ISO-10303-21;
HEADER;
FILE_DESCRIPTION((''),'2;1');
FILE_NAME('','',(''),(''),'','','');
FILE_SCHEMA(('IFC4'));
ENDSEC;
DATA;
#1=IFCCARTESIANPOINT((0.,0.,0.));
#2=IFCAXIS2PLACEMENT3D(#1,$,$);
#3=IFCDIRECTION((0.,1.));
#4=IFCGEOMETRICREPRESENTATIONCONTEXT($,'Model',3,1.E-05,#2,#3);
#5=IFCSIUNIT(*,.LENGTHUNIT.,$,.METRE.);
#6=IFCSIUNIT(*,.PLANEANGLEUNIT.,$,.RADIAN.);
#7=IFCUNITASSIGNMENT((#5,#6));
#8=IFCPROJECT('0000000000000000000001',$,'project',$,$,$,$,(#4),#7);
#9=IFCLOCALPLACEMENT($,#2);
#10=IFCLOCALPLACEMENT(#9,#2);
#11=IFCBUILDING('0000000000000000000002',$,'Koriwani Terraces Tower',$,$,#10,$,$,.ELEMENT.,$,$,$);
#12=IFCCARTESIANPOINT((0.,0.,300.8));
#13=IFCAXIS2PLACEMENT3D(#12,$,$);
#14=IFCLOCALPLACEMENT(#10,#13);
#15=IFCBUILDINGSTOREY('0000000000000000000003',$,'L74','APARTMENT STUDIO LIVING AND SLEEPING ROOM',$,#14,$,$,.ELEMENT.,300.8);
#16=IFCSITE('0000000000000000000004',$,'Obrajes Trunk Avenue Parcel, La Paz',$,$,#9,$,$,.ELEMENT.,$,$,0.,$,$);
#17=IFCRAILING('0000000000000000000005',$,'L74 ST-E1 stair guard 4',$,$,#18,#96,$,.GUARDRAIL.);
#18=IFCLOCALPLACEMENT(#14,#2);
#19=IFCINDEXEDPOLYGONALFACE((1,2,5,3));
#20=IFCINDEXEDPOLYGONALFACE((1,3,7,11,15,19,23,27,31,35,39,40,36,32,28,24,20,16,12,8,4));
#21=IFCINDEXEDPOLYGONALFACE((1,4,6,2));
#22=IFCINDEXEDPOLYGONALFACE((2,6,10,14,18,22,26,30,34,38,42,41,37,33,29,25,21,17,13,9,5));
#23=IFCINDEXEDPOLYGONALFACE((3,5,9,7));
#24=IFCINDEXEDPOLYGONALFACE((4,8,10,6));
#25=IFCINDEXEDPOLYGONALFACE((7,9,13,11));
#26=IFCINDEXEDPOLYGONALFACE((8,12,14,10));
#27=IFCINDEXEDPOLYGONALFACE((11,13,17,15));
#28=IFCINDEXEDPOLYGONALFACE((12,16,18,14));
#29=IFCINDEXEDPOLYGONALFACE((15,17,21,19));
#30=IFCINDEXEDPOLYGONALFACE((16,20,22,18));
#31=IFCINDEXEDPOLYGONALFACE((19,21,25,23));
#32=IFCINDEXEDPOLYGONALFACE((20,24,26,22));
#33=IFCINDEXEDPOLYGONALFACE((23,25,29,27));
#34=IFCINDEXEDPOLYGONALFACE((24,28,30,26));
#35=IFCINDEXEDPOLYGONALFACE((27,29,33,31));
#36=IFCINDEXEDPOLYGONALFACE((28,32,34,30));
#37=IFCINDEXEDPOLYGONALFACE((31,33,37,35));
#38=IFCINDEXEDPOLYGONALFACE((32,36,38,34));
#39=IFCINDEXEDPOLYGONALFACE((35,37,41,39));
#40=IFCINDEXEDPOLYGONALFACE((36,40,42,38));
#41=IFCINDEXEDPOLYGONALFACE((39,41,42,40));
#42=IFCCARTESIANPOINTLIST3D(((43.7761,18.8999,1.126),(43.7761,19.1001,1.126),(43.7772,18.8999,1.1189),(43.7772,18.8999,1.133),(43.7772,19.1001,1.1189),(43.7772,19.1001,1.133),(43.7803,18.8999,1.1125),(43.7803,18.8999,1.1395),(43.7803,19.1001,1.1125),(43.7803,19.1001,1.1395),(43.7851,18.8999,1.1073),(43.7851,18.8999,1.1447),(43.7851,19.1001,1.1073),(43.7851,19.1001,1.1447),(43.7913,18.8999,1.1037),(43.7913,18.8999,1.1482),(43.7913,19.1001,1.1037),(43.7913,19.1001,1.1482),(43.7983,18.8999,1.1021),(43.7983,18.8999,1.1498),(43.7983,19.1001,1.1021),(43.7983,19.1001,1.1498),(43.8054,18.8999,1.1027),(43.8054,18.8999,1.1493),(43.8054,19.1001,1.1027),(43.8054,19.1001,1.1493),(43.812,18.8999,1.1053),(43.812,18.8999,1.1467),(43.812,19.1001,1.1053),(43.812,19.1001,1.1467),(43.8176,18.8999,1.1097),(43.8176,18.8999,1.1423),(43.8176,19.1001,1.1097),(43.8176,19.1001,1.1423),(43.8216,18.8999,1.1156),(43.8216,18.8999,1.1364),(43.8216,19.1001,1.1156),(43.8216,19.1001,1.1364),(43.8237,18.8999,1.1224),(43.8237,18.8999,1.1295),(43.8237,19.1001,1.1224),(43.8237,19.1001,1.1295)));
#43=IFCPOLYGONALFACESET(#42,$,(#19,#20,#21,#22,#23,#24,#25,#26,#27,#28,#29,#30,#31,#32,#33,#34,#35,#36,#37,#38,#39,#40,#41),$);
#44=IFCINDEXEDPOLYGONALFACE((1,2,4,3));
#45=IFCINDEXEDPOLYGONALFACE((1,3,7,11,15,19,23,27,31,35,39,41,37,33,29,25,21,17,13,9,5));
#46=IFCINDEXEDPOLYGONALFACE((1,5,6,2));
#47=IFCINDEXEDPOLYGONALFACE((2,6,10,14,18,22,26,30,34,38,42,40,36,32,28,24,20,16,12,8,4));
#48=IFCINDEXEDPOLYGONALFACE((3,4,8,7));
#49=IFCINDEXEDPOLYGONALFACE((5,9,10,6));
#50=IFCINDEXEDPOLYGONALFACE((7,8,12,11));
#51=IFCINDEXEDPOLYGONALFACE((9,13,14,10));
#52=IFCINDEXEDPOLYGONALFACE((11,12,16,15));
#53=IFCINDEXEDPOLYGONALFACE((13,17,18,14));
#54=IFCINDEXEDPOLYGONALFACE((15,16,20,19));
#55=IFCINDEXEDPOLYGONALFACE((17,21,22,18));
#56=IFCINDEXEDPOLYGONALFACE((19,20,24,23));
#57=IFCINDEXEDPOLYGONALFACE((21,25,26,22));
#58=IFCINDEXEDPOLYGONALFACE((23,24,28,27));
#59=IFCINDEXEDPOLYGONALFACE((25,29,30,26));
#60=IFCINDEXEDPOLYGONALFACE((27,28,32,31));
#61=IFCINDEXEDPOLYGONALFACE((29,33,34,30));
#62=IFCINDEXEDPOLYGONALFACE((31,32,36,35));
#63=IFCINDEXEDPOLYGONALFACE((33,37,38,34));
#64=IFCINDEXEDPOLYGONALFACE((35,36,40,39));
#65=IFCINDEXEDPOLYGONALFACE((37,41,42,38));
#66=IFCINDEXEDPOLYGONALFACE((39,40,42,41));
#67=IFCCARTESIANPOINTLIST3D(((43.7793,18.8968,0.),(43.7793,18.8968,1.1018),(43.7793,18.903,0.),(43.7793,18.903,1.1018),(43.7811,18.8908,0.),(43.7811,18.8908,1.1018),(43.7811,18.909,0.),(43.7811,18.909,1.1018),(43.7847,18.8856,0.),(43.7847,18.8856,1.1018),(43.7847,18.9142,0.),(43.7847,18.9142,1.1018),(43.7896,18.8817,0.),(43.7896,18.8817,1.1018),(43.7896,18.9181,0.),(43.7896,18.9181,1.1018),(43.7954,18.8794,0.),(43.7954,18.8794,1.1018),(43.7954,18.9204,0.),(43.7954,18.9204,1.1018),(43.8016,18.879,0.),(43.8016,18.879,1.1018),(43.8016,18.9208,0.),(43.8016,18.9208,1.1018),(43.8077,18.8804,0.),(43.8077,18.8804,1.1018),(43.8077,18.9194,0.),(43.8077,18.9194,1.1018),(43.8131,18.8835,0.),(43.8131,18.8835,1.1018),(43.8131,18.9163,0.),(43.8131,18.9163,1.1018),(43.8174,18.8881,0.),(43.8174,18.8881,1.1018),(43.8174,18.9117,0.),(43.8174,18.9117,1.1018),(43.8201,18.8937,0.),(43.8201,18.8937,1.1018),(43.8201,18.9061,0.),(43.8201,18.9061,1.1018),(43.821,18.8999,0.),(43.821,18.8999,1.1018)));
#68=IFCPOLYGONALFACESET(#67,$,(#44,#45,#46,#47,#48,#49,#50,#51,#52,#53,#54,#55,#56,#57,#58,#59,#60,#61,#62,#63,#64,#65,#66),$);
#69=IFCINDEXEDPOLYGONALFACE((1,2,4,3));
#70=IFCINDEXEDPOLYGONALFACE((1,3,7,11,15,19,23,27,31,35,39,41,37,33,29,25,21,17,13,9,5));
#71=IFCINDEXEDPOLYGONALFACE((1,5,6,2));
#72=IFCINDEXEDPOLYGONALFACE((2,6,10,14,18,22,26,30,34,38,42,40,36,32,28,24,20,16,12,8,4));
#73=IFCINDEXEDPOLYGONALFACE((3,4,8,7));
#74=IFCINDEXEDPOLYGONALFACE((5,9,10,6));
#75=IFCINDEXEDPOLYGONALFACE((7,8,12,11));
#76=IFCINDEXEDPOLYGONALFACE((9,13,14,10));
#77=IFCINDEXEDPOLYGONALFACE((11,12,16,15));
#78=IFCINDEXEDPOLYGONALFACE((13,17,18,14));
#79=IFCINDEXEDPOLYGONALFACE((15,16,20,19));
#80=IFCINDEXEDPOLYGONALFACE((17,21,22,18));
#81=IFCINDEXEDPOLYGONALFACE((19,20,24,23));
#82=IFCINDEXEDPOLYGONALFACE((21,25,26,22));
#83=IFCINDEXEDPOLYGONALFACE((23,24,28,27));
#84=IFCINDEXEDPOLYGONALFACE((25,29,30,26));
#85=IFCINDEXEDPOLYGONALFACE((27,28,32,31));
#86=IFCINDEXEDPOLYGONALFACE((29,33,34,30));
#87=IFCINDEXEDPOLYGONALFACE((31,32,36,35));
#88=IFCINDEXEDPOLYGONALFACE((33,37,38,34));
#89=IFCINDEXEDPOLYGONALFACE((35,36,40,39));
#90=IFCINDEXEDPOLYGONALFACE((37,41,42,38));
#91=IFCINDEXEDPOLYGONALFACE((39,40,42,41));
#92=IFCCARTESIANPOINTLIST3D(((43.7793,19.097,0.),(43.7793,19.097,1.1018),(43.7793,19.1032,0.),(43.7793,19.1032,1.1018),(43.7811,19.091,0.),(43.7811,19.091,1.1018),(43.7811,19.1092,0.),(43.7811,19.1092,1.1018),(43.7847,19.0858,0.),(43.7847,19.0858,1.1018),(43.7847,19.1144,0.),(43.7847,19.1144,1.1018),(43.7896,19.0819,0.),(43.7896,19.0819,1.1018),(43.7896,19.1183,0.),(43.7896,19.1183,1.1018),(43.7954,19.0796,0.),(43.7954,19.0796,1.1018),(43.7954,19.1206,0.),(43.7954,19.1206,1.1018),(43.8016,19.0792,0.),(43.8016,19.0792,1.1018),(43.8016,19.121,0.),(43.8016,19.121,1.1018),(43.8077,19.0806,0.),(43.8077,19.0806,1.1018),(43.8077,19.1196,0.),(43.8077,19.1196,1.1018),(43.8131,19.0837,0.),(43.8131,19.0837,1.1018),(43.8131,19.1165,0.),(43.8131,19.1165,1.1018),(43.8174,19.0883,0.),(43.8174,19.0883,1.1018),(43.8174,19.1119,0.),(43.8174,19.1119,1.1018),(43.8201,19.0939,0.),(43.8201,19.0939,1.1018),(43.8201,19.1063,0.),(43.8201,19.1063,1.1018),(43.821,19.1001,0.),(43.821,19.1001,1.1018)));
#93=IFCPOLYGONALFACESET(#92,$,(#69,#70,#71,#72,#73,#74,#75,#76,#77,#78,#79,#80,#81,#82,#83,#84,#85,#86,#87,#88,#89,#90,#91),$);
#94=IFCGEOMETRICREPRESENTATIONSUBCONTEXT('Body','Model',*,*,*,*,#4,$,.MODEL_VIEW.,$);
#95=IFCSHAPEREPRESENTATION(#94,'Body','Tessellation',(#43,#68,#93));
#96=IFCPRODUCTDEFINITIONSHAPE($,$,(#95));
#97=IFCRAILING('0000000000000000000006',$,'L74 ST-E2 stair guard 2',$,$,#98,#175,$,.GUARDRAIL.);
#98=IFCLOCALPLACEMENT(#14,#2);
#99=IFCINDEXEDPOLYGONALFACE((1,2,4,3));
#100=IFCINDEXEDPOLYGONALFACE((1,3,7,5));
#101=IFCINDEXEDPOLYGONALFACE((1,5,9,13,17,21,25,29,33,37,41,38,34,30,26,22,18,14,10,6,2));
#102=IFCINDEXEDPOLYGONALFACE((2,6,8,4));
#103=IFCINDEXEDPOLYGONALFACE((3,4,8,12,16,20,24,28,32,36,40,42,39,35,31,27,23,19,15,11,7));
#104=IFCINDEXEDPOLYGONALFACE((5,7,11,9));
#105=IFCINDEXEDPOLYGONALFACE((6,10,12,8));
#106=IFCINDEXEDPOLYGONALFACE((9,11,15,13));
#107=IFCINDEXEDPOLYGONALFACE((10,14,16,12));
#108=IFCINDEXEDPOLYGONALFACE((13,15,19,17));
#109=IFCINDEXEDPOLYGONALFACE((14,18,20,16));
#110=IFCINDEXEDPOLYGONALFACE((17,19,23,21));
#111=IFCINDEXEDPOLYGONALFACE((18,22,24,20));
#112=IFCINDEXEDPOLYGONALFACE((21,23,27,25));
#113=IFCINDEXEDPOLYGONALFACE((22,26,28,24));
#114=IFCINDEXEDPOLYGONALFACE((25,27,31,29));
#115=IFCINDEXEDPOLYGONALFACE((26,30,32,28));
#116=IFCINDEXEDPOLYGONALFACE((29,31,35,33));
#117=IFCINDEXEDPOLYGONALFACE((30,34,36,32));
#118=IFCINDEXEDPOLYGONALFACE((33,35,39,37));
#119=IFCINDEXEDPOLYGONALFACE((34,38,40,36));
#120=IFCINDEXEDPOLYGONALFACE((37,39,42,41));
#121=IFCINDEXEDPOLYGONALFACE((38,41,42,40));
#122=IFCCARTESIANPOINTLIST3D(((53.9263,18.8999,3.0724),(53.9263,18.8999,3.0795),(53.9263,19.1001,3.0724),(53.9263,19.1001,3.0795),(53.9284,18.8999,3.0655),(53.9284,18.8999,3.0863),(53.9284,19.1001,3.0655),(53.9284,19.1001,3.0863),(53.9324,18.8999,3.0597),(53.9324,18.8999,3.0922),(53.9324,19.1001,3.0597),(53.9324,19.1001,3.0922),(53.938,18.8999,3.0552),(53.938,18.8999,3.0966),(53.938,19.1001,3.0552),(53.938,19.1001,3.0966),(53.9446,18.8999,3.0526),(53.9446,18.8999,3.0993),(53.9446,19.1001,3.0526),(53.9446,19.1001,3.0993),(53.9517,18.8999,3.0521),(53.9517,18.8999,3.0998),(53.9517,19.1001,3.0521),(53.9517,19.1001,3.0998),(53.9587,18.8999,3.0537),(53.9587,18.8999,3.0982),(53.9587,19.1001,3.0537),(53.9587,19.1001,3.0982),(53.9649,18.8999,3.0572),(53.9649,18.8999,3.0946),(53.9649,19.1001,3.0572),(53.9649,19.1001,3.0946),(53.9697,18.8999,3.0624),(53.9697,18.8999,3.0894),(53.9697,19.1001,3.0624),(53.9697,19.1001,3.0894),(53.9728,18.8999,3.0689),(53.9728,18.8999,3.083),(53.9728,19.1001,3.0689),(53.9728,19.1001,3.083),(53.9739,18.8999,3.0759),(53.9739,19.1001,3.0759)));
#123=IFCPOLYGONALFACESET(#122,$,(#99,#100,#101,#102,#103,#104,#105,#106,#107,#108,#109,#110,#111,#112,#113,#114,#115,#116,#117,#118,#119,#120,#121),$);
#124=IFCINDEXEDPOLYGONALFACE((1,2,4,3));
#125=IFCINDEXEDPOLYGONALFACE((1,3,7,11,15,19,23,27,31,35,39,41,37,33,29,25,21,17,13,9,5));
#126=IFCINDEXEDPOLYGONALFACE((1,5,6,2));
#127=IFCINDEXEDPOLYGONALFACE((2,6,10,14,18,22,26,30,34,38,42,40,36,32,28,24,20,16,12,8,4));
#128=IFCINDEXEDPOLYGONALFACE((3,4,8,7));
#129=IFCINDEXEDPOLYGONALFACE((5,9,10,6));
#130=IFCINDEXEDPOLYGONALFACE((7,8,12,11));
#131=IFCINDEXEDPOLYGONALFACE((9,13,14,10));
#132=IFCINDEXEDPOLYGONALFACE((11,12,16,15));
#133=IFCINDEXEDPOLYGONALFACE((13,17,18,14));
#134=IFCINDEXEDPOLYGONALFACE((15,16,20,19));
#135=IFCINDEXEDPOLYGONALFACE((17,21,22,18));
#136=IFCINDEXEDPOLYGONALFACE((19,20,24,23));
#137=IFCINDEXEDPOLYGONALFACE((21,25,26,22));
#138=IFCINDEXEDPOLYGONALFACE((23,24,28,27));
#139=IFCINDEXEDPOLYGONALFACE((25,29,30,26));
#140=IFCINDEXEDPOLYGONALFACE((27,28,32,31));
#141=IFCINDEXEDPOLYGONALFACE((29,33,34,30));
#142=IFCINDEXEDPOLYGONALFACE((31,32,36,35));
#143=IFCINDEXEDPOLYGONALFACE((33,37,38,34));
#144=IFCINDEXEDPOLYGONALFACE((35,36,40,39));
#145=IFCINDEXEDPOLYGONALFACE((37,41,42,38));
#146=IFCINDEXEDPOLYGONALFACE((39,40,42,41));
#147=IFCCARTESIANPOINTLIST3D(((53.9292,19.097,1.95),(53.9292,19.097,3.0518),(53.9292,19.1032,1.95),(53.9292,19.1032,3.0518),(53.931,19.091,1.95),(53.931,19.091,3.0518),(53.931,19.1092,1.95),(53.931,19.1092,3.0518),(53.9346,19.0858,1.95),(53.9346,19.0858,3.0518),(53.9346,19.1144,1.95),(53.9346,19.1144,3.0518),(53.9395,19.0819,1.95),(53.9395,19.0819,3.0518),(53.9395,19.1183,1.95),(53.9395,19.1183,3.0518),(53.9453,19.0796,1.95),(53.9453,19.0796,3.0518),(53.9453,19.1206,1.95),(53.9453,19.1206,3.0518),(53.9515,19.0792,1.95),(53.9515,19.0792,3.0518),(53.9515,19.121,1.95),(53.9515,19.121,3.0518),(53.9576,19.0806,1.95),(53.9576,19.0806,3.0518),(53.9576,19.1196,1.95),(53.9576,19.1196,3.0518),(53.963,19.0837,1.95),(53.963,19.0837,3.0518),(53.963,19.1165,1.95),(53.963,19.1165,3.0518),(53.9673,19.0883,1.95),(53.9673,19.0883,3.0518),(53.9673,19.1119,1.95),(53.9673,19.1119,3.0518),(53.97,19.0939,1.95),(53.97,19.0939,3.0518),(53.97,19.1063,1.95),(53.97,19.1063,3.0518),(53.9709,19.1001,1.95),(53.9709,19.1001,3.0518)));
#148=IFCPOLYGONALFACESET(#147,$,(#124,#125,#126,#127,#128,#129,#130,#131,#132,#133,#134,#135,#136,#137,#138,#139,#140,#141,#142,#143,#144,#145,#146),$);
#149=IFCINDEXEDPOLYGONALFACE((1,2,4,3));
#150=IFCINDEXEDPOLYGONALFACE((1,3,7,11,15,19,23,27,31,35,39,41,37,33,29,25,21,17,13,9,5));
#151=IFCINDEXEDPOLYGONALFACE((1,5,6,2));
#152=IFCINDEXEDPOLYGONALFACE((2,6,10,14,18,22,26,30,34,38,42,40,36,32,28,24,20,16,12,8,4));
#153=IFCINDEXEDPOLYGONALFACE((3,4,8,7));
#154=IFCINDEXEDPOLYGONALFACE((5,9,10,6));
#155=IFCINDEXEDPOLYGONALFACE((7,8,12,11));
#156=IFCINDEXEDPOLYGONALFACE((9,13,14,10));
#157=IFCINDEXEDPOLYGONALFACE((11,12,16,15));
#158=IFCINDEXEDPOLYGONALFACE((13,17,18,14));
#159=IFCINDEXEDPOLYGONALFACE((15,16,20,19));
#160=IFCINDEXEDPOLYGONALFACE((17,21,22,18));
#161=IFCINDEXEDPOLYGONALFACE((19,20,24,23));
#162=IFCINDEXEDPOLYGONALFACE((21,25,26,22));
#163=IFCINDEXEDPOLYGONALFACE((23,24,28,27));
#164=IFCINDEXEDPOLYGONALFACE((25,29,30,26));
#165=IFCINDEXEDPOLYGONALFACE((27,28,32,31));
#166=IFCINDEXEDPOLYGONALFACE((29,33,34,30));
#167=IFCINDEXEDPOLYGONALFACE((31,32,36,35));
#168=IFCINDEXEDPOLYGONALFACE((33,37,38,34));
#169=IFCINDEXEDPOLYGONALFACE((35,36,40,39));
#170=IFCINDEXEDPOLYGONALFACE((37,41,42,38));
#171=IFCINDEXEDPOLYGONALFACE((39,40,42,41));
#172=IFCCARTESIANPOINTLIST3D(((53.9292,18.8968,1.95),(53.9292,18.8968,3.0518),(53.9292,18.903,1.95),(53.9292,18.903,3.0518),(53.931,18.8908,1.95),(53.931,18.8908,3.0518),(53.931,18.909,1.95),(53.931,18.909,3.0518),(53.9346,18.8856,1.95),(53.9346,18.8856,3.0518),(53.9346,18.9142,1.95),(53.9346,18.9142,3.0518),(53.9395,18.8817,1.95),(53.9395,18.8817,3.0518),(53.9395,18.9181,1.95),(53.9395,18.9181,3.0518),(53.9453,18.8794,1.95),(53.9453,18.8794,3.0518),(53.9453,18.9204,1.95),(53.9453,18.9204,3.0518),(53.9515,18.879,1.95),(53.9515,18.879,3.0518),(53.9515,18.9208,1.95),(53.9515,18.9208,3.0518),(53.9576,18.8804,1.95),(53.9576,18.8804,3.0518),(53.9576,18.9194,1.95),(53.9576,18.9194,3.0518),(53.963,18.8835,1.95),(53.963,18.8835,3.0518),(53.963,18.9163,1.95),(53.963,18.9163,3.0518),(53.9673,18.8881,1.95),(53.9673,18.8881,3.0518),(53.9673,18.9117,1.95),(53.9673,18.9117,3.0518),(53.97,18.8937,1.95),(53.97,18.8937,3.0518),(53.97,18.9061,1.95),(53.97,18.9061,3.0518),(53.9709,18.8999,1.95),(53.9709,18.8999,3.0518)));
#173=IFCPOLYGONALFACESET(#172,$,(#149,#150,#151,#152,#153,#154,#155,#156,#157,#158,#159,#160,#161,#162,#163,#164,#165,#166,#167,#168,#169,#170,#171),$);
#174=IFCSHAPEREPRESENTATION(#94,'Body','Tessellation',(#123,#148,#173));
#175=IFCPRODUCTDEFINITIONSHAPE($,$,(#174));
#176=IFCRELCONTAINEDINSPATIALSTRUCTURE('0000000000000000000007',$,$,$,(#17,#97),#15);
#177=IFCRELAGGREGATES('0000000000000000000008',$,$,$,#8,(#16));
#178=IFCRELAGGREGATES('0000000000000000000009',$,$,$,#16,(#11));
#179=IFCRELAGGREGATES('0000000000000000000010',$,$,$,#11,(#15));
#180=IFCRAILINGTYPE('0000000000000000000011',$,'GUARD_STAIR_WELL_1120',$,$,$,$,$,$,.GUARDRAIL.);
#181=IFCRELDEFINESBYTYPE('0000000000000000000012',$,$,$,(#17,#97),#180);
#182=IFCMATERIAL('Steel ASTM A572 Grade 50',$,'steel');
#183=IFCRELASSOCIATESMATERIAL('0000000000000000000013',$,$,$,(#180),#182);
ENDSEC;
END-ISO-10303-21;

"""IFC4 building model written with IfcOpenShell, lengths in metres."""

from ifc_helpers import new_model, si_unit, direction, frame, origin, origin_2d, place, context, subcontext, project, spatial, circle, extrude, material, type_object, element, save


model = new_model("IFC4")

# Units and contexts
model_context = context("Model", 3, precision=1e-05, world=origin(), true_north=direction((0.0, 1.0)))
body_context = subcontext(model_context, "Body", "Model", "MODEL_VIEW")
ifc_project = project(units=[si_unit("LENGTHUNIT", "METRE"), si_unit("PLANEANGLEUNIT", "RADIAN")], contexts=[model_context])

# Site, building, storey
site_placement = place(None, origin())
site = spatial("IfcSite", under=ifc_project, at=site_placement, Name="Obrajes Trunk Avenue Parcel, La Paz", CompositionType="ELEMENT", RefElevation=0.0)
building_placement = place(site_placement, origin())
building = spatial("IfcBuilding", under=site, at=building_placement, Name="Koriwani Terraces Tower", CompositionType="ELEMENT")
storey_placement = place(building_placement, frame((0.0, 0.0, 300.8)))
storey = spatial("IfcBuildingStorey", under=building, at=storey_placement, Name="L74", Description="APARTMENT STUDIO LIVING AND SLEEPING ROOM", CompositionType="ELEMENT", Elevation=300.8)

# Shared definitions
ifc_material_1 = material(Name="Steel ASTM A572 Grade 50", Category="steel")

# Railings
railing_type_1 = type_object("IfcRailingType", Name="GUARD_STAIR_WELL_1120", PredefinedType="GUARDRAIL", material=ifc_material_1)
railing_1_placement = place(storey_placement, frame((43.8, 18.8999, 0.0)))
element("IfcRailing", 1, at=railing_1_placement, inside=storey, type_object=railing_type_1, Name="L74 ST-E1 stair guard 4", PredefinedType="GUARDRAIL", context=body_context, shape_type="SweptSolid", body=[
    extrude(circle(Radius=0.0239, at=origin_2d()), frame((0.0, 0.0, 1.126), z_axis=(0.0, 1.0, 0.0), x_axis=(-1.0, 0.0, 0.0)), (0.0, 0.0, 1.0), 0.2002),
    extrude(circle(Radius=0.021, at=origin_2d()), origin(), (0.0, 0.0, 1.0), 1.1018),
    extrude(circle(Radius=0.021, at=origin_2d()), frame((0.0, 0.2002, 0.0)), (0.0, 0.0, 1.0), 1.1018),
])
railing_2_placement = place(storey_placement, frame((53.95, 19.1001, 1.95)))
element("IfcRailing", 2, at=railing_2_placement, inside=storey, type_object=railing_type_1, Name="L74 ST-E2 stair guard 2", PredefinedType="GUARDRAIL", context=body_context, shape_type="SweptSolid", body=[
    extrude(circle(Radius=0.0239, at=origin_2d()), frame((0.0, 0.0, 1.126), z_axis=(0.0, -1.0, 0.0), x_axis=(1.0, 0.0, 0.0)), (0.0, 0.0, 1.0), 0.2002),
    extrude(circle(Radius=0.021, at=origin_2d()), origin(), (0.0, 0.0, 1.0), 1.1018),
    extrude(circle(Radius=0.021, at=origin_2d()), frame((0.0, -0.2002, 0.0)), (0.0, 0.0, 1.0), 1.1018),
])

save(model, "model.ifc")
